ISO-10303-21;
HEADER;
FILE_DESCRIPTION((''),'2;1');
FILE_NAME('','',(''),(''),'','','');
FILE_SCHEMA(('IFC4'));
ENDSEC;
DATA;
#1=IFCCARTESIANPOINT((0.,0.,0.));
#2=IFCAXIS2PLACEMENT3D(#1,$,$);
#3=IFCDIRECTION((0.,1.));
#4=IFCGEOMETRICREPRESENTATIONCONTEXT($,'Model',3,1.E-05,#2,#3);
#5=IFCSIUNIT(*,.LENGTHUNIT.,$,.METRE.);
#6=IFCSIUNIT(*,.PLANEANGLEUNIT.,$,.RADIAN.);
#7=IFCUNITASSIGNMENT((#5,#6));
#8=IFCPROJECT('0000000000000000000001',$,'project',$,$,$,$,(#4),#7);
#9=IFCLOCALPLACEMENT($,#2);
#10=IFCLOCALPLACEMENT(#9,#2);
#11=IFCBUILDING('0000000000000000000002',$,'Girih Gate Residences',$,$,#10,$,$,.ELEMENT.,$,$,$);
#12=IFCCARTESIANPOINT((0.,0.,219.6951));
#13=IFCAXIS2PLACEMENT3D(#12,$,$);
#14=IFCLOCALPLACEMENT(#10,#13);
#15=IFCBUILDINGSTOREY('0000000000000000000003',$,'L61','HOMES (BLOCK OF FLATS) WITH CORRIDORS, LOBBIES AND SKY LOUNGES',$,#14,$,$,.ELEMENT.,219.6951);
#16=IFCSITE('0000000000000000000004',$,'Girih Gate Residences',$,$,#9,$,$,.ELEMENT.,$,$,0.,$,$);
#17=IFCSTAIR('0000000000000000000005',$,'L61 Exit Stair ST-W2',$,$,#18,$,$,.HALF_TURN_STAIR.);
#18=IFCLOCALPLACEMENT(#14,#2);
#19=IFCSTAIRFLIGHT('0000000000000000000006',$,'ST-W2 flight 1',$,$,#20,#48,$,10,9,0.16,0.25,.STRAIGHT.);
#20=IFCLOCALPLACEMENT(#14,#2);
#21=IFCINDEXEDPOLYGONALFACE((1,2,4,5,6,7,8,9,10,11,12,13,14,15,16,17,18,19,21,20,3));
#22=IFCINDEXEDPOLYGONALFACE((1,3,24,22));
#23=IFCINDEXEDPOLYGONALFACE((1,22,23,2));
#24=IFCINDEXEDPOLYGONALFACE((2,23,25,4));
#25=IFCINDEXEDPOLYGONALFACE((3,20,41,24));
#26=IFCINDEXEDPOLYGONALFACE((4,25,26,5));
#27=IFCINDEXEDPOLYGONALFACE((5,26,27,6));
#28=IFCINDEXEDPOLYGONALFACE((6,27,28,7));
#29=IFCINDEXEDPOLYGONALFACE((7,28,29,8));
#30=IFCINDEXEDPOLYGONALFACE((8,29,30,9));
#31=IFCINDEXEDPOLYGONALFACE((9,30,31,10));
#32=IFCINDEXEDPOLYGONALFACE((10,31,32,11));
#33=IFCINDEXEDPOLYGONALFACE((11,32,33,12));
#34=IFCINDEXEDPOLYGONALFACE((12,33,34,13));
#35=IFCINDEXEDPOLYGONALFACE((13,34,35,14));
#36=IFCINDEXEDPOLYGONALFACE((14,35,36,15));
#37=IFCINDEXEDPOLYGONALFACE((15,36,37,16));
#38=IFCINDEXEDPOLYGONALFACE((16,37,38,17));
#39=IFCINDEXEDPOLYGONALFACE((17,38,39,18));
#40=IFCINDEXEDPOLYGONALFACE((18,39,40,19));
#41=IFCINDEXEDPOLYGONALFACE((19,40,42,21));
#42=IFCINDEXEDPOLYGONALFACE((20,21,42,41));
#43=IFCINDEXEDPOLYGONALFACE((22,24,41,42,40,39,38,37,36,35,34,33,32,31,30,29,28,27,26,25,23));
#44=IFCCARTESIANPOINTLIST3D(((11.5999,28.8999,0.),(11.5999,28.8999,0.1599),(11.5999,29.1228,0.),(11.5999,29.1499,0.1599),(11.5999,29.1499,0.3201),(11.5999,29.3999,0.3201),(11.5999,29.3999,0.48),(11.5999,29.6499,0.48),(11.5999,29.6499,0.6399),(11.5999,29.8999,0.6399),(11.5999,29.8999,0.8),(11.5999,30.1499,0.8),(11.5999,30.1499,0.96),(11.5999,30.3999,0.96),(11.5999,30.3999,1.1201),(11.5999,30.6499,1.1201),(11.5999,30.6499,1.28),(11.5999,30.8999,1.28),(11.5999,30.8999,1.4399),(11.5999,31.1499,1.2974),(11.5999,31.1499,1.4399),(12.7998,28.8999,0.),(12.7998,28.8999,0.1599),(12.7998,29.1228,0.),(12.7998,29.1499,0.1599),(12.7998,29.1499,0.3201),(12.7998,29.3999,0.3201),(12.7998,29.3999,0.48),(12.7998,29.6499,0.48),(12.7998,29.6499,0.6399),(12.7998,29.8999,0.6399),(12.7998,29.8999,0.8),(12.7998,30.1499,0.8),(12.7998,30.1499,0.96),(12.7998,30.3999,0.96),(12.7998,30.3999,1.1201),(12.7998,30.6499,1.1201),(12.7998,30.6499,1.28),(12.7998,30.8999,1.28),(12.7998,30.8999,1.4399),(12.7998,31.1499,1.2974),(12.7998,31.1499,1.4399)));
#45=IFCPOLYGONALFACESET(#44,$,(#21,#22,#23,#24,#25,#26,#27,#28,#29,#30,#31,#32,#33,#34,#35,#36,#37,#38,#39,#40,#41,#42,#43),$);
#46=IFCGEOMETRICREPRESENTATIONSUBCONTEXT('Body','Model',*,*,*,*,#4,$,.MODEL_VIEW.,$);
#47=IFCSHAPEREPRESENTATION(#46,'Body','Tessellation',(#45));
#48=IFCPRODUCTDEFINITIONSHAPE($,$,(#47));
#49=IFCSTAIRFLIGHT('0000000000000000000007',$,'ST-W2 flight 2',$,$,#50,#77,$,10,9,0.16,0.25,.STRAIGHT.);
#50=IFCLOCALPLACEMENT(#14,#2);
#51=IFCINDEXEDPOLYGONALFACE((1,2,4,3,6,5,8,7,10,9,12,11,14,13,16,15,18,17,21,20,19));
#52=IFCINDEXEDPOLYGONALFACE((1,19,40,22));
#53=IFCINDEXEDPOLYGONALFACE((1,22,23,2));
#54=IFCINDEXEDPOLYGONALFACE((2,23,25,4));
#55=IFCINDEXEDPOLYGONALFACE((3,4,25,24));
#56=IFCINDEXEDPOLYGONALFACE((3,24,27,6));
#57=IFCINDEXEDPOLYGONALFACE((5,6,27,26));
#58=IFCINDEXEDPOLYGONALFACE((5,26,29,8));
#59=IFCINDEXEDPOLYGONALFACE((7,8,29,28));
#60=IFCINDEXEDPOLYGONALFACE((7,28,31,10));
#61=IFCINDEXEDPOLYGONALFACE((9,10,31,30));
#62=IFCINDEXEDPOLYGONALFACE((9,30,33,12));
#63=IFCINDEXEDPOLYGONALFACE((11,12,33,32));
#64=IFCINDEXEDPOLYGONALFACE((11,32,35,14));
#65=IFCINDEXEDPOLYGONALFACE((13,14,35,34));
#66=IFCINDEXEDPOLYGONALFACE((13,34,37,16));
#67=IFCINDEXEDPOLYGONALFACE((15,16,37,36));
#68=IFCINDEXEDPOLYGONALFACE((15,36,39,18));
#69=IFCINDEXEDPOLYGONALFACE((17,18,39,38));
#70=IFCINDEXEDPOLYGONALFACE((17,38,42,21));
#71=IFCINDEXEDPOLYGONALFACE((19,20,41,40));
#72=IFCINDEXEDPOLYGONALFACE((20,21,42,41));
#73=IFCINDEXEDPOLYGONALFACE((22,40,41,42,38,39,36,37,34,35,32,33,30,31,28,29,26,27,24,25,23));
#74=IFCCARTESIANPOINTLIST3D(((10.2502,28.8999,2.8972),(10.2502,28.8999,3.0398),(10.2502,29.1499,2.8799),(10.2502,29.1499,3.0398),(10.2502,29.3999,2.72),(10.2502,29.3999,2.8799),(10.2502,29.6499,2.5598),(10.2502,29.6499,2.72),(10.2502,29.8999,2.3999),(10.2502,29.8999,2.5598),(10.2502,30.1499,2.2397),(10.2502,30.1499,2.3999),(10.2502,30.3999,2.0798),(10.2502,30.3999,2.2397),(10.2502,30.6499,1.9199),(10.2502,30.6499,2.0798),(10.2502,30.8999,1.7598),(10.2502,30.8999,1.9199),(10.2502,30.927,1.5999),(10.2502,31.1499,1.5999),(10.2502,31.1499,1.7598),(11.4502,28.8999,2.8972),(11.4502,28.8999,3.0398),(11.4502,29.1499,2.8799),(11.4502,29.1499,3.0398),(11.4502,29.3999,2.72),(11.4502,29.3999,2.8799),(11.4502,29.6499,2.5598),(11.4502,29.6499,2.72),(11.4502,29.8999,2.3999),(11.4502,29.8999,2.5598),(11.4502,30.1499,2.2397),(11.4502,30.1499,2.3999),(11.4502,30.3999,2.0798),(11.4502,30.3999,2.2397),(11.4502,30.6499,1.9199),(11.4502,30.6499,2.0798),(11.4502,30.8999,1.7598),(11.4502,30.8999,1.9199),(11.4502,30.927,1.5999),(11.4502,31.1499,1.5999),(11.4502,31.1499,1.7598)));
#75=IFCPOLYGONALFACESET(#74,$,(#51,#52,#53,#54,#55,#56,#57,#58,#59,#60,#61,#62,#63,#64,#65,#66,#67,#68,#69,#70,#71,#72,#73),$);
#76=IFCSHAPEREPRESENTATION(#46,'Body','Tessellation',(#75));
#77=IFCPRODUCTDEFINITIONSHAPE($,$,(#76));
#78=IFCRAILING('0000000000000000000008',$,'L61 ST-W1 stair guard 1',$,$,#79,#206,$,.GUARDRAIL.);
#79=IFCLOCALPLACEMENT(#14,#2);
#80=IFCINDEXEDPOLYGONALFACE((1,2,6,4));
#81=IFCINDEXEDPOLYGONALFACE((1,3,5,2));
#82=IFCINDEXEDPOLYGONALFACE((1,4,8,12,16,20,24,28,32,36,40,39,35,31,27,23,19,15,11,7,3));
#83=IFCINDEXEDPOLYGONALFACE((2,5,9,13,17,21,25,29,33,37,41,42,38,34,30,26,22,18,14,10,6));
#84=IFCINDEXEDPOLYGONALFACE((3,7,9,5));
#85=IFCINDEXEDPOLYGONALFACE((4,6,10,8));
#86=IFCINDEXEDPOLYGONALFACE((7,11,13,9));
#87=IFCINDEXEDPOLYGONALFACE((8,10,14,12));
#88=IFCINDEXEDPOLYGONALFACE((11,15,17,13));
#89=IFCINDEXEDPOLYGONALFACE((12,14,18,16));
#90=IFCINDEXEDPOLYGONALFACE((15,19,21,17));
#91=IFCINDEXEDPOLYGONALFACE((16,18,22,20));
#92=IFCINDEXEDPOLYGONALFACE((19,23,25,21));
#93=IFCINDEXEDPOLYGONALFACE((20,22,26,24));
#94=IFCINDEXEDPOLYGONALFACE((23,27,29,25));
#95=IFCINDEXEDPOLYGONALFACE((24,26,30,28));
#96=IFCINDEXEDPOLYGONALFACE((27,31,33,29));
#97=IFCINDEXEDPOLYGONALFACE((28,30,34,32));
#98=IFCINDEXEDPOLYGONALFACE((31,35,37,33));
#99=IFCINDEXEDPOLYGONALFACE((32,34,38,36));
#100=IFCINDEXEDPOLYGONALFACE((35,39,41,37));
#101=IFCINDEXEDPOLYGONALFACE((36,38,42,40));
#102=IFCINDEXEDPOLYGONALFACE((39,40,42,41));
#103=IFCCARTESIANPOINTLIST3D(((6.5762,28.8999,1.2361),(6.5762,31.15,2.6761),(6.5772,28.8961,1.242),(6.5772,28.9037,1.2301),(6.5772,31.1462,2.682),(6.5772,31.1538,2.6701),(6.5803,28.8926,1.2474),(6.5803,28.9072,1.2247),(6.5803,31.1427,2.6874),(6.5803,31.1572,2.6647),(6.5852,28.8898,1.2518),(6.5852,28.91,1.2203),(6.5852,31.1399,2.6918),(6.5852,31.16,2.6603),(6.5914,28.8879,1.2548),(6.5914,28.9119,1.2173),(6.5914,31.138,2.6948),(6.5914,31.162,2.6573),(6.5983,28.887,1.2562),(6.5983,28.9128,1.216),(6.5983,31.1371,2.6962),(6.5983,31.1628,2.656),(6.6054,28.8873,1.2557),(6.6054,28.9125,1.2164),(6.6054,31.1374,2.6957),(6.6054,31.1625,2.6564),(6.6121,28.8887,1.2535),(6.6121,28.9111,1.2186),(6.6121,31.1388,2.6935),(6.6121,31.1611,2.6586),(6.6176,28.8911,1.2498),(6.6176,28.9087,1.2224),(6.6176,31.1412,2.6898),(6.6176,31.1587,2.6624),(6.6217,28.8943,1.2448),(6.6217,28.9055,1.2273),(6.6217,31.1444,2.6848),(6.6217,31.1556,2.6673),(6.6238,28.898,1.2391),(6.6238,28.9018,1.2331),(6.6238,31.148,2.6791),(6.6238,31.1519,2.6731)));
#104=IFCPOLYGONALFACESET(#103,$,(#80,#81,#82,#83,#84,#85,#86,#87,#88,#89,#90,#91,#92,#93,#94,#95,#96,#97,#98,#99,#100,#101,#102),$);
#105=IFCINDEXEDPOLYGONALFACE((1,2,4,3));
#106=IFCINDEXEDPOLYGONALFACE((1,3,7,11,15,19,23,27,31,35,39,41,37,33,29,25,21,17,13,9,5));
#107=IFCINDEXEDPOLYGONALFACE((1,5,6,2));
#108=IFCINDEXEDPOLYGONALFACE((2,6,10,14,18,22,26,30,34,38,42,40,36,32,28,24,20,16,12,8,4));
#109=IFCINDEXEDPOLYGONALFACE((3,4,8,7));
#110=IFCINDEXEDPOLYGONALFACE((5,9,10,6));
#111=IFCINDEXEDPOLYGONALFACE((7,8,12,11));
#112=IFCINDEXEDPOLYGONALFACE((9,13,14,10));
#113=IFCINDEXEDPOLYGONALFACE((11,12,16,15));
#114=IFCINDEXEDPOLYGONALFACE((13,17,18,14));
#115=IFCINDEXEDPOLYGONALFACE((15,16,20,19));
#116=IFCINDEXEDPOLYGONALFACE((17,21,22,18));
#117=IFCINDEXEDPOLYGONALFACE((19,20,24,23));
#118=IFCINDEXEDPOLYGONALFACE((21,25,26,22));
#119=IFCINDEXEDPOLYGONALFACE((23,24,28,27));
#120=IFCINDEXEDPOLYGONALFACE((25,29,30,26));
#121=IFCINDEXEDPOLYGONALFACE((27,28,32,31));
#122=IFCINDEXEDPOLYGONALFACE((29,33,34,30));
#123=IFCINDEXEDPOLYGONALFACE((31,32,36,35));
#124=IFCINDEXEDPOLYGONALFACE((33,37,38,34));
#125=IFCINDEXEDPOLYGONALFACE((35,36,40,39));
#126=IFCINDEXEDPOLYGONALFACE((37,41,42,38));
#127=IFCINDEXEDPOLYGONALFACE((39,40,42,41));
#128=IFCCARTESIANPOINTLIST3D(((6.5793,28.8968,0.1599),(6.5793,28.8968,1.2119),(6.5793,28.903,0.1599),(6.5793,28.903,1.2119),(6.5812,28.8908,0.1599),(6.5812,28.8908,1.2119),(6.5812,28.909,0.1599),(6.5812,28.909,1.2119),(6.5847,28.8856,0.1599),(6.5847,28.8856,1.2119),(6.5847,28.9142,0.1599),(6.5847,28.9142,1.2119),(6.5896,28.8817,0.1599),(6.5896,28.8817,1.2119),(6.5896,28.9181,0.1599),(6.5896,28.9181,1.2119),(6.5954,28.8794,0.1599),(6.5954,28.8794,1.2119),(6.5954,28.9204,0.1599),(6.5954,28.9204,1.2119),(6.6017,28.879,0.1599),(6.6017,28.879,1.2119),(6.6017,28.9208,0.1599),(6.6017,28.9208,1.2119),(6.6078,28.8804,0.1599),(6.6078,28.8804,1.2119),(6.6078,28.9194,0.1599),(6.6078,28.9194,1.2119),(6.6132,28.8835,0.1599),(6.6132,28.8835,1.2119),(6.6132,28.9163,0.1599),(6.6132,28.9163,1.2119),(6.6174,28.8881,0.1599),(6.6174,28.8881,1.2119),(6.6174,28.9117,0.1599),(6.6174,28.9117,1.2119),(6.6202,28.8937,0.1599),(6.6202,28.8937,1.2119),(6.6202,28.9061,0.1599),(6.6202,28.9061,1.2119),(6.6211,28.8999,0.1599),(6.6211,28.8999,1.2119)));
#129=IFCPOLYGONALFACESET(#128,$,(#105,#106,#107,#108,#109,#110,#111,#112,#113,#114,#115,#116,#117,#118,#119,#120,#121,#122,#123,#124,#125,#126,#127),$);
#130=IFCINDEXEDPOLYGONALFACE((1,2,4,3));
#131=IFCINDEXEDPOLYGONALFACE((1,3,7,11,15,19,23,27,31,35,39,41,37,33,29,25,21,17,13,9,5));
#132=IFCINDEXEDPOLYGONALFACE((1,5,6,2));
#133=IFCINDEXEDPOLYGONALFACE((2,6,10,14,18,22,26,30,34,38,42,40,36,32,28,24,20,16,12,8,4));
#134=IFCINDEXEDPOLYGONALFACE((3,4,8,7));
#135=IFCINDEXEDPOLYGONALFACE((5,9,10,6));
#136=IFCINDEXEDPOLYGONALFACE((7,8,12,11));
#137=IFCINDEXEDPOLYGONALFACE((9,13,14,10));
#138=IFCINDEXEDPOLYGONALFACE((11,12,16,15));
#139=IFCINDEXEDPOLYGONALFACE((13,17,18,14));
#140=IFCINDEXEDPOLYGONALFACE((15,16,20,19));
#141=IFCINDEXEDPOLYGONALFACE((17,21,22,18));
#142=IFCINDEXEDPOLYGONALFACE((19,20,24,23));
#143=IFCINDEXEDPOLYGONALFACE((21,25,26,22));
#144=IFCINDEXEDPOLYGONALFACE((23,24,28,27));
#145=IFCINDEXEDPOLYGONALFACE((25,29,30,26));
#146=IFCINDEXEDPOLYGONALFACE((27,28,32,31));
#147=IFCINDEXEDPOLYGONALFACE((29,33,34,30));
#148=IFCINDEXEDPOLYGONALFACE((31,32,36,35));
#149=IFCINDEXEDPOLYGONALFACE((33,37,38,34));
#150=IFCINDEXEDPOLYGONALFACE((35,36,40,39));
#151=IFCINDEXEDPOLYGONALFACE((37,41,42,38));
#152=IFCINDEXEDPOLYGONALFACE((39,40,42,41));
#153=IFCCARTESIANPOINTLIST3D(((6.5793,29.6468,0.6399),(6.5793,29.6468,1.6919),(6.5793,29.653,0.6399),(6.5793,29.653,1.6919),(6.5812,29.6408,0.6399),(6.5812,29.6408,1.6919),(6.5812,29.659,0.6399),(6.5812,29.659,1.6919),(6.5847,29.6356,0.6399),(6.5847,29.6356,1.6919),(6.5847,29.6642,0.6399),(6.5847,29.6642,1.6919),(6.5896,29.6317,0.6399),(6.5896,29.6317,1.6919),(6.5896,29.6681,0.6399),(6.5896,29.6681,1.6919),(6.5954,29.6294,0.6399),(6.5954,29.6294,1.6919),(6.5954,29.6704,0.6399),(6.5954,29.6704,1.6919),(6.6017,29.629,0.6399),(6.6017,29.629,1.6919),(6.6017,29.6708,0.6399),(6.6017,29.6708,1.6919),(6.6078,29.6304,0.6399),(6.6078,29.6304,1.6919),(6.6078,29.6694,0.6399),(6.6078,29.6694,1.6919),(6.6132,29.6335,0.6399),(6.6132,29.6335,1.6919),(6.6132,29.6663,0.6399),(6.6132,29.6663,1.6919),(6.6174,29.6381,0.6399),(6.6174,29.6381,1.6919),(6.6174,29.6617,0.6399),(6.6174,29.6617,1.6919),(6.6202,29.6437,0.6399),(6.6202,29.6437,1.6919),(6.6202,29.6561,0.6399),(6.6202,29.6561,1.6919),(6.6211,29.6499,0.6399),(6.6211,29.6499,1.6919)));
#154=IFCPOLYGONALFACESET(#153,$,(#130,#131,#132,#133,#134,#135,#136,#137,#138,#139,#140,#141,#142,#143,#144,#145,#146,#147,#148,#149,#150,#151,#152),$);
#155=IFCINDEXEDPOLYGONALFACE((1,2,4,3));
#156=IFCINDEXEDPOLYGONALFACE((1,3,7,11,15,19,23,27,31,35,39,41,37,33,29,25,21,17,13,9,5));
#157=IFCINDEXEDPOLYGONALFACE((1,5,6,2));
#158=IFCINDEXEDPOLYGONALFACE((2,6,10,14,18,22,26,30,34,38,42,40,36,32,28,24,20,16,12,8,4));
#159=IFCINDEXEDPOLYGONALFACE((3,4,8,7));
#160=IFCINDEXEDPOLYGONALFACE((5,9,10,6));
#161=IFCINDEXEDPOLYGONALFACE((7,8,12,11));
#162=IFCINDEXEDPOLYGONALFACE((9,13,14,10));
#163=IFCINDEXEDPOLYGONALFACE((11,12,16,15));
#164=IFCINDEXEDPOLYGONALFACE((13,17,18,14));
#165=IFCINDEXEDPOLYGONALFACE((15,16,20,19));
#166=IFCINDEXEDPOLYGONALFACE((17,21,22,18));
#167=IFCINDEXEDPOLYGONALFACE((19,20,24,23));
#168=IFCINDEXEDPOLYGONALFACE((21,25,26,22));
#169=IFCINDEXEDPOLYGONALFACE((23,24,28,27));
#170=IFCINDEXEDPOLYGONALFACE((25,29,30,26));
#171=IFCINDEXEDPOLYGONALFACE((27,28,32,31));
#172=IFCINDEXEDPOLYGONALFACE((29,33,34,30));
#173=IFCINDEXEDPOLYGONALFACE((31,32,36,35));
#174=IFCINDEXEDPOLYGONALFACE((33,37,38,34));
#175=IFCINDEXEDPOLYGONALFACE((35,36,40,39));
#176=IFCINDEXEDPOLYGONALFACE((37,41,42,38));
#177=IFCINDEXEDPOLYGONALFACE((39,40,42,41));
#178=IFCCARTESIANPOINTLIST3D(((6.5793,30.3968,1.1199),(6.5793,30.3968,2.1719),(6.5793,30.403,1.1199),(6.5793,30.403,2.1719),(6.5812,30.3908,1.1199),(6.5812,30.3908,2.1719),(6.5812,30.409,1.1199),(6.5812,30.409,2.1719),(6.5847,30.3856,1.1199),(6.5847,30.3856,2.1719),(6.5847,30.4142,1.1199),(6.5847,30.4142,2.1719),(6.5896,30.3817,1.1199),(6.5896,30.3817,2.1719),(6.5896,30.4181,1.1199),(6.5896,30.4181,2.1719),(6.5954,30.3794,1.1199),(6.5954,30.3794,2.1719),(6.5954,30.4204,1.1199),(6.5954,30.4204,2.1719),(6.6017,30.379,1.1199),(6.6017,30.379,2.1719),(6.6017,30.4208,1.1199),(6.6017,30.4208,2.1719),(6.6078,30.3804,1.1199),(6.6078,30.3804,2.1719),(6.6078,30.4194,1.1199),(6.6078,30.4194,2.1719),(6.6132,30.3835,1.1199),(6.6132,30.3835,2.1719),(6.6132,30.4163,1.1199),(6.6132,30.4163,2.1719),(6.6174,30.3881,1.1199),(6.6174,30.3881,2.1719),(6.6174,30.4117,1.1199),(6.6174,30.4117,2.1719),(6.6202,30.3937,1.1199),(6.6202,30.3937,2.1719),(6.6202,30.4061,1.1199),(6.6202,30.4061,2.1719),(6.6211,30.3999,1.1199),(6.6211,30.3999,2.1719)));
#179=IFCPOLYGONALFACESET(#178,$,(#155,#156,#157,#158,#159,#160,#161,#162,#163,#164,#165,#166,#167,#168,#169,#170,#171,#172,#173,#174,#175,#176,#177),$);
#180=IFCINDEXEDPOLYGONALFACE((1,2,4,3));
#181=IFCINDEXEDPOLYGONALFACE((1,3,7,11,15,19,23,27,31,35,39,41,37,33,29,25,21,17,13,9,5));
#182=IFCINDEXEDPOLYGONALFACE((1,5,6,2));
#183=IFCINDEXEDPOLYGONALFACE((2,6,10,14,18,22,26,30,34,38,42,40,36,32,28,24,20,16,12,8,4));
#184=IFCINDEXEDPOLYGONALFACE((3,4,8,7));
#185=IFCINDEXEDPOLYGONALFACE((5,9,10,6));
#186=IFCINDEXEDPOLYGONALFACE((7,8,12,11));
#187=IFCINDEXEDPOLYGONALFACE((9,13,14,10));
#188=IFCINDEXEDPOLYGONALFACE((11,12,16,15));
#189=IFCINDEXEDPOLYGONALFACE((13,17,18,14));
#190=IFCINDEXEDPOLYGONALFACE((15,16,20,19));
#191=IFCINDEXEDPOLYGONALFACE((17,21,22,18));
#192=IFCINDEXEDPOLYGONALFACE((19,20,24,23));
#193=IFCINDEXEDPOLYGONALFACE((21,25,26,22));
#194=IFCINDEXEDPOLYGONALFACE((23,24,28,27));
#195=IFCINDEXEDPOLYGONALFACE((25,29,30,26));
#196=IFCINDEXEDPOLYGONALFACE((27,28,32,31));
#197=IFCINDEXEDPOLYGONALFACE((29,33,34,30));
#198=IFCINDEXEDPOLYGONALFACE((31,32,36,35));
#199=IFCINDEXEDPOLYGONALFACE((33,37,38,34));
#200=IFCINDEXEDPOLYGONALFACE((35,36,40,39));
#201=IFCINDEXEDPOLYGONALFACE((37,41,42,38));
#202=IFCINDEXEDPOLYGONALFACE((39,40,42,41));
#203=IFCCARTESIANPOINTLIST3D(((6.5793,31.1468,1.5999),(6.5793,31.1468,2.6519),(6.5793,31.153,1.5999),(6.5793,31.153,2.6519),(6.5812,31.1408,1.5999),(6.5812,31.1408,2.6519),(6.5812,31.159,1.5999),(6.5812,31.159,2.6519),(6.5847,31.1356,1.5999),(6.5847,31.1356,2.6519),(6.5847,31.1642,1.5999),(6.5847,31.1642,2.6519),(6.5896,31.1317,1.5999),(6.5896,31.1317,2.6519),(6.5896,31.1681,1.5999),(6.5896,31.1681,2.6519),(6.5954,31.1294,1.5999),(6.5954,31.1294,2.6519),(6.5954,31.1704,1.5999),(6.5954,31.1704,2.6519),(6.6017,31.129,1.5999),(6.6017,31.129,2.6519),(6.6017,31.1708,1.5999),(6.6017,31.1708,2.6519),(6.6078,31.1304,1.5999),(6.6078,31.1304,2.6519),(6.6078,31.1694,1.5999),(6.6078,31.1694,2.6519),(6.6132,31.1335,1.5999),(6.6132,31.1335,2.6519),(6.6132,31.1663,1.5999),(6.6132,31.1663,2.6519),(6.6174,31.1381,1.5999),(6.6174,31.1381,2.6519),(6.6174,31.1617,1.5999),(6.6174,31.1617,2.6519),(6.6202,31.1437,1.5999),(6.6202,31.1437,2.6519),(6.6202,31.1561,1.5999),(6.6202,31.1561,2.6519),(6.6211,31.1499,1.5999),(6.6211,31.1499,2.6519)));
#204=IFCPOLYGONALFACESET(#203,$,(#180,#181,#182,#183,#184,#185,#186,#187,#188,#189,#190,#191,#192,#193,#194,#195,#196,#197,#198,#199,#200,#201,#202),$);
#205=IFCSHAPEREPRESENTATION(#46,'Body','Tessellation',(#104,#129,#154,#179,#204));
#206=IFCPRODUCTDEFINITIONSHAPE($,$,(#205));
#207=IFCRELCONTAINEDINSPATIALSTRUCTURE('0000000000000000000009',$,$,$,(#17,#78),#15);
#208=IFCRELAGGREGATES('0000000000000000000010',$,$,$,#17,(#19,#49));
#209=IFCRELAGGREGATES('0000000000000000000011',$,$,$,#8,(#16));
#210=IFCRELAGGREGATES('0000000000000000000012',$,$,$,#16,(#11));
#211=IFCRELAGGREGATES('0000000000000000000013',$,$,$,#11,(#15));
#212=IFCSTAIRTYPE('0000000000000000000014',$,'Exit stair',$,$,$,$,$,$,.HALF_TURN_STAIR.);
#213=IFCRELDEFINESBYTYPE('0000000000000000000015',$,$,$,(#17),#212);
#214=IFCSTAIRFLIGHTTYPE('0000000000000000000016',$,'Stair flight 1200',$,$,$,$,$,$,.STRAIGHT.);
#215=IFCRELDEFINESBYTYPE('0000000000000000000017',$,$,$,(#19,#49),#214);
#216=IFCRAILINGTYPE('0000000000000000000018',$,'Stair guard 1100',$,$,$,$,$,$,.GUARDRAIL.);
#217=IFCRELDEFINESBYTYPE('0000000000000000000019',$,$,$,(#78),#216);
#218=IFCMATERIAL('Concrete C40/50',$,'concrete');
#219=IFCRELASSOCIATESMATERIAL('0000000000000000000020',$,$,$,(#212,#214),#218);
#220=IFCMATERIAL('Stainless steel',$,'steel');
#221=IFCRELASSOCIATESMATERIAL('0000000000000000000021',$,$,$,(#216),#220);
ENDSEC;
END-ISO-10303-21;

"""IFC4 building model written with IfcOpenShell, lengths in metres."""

from ifc_helpers import new_model, si_unit, direction, frame, origin, origin_2d, place, context, subcontext, project, spatial, polyline, circle, outline, extrude, material, type_object, element, aggregate, save


model = new_model("IFC4")

# Units and contexts
model_context = context("Model", 3, precision=1e-05, world=origin(), true_north=direction((0.0, 1.0)))
body_context = subcontext(model_context, "Body", "Model", "MODEL_VIEW")
ifc_project = project(units=[si_unit("LENGTHUNIT", "METRE"), si_unit("PLANEANGLEUNIT", "RADIAN")], contexts=[model_context])

# Site, building, storey
site_placement = place(None, origin())
site = spatial("IfcSite", under=ifc_project, at=site_placement, Name="Girih Gate Residences", CompositionType="ELEMENT", RefElevation=0.0)
building_placement = place(site_placement, origin())
building = spatial("IfcBuilding", under=site, at=building_placement, Name="Girih Gate Residences", CompositionType="ELEMENT")
storey_placement = place(building_placement, frame((0.0, 0.0, 219.6951)))
storey = spatial("IfcBuildingStorey", under=building, at=storey_placement, Name="L61", Description="HOMES (BLOCK OF FLATS) WITH CORRIDORS, LOBBIES AND SKY LOUNGES", CompositionType="ELEMENT", Elevation=219.6951)

# Shared definitions
ifc_material_1 = material(Name="Concrete C40/50", Category="concrete")

# Stair, stair flights
stair_type = type_object("IfcStairType", Name="Exit stair", PredefinedType="HALF_TURN_STAIR", material=ifc_material_1)
stair_flight_type = type_object("IfcStairFlightType", Name="Stair flight 1200", PredefinedType="STRAIGHT", material=ifc_material_1)
stair_1_placement = place(storey_placement, origin())
stair_1 = element("IfcStair", 1, at=stair_1_placement, inside=storey, type_object=stair_type, Name="L61 Exit Stair ST-W2", PredefinedType="HALF_TURN_STAIR")
stair_flight_1_placement = place(storey_placement, frame((12.2, 28.8999, 0.0), z_axis=(0.0, 0.0, 1.0), x_axis=(0.0, 1.0, 0.0)))
stair_flight_1 = element("IfcStairFlight", 2, at=stair_flight_1_placement, type_object=stair_flight_type, Name="ST-W2 flight 1", NumberOfRisers=10, NumberOfTreads=9, PredefinedType="STRAIGHT", RiserHeight=0.16, TreadLength=0.25, context=body_context, shape_type="SweptSolid", body=[
    extrude(outline(polyline([(0.0, 0.0), (0.0, 0.1599), (0.25, 0.1599), (0.25, 0.3201), (0.5, 0.3201), (0.5, 0.48), (0.75, 0.48), (0.75, 0.6399), (1.0, 0.6399), (1.0, 0.8), (1.25, 0.8), (1.25, 0.96), (1.5, 0.96), (1.5, 1.1201), (1.75, 1.1201), (1.75, 1.28), (2.0, 1.28), (2.0, 1.4399), (2.25, 1.4399), (2.25, 1.6001), (2.25, 1.2974), (0.2229, 0.0), (0.0, 0.0)])), frame((0.0, 0.6001, 0.0), z_axis=(0.0, -1.0, 0.0), x_axis=(1.0, 0.0, 0.0)), (0.0, 0.0, 1.0), 1.2),
])
stair_flight_2_placement = place(storey_placement, frame((10.8501, 31.1499, 1.5999), z_axis=(0.0, 0.0, 1.0), x_axis=(0.0, -1.0, 0.0)))
stair_flight_2 = element("IfcStairFlight", 3, at=stair_flight_2_placement, type_object=stair_flight_type, Name="ST-W2 flight 2", NumberOfRisers=10, NumberOfTreads=9, PredefinedType="STRAIGHT", RiserHeight=0.16, TreadLength=0.25, context=body_context, shape_type="SweptSolid", body=[
    extrude(outline(polyline([(0.0, 0.0), (0.0, 0.1599), (0.25, 0.1599), (0.25, 0.3201), (0.5, 0.3201), (0.5, 0.48), (0.75, 0.48), (0.75, 0.6399), (1.0, 0.6399), (1.0, 0.8), (1.25, 0.8), (1.25, 0.96), (1.5, 0.96), (1.5, 1.1201), (1.75, 1.1201), (1.75, 1.28), (2.0, 1.28), (2.0, 1.4399), (2.25, 1.4399), (2.25, 1.6001), (2.25, 1.2974), (0.2229, 0.0), (0.0, 0.0)])), frame((0.0, 0.6001, 0.0), z_axis=(0.0, -1.0, 0.0), x_axis=(1.0, 0.0, 0.0)), (0.0, 0.0, 1.0), 1.2),
])
aggregate(stair_1, [stair_flight_1, stair_flight_2])

# Railing
ifc_material_2 = material(Name="Stainless steel", Category="steel")
railing_type_1 = type_object("IfcRailingType", Name="Stair guard 1100", PredefinedType="GUARDRAIL", material=ifc_material_2)
railing_1_placement = place(storey_placement, frame((6.6001, 28.8999, 0.1599)))
element("IfcRailing", 4, at=railing_1_placement, inside=storey, type_object=railing_type_1, Name="L61 ST-W1 stair guard 1", PredefinedType="GUARDRAIL", context=body_context, shape_type="SweptSolid", body=[
    extrude(circle(Radius=0.0239, at=origin_2d()), frame((0.0, 0.0, 1.0762), z_axis=(0.0, 0.842281, 0.539038), x_axis=(-1.0, 0.0, 0.0)), (0.0, 0.0, 1.0), 2.6714),
    extrude(circle(Radius=0.021, at=origin_2d()), origin(), (0.0, 0.0, 1.0), 1.052),
    extrude(circle(Radius=0.021, at=origin_2d()), frame((0.0, 0.75, 0.48)), (0.0, 0.0, 1.0), 1.052),
    extrude(circle(Radius=0.021, at=origin_2d()), frame((0.0, 1.5, 0.96)), (0.0, 0.0, 1.0), 1.052),
    extrude(circle(Radius=0.021, at=origin_2d()), frame((0.0, 2.25, 1.4399)), (0.0, 0.0, 1.0), 1.052),
])

save(model, "model.ifc")
